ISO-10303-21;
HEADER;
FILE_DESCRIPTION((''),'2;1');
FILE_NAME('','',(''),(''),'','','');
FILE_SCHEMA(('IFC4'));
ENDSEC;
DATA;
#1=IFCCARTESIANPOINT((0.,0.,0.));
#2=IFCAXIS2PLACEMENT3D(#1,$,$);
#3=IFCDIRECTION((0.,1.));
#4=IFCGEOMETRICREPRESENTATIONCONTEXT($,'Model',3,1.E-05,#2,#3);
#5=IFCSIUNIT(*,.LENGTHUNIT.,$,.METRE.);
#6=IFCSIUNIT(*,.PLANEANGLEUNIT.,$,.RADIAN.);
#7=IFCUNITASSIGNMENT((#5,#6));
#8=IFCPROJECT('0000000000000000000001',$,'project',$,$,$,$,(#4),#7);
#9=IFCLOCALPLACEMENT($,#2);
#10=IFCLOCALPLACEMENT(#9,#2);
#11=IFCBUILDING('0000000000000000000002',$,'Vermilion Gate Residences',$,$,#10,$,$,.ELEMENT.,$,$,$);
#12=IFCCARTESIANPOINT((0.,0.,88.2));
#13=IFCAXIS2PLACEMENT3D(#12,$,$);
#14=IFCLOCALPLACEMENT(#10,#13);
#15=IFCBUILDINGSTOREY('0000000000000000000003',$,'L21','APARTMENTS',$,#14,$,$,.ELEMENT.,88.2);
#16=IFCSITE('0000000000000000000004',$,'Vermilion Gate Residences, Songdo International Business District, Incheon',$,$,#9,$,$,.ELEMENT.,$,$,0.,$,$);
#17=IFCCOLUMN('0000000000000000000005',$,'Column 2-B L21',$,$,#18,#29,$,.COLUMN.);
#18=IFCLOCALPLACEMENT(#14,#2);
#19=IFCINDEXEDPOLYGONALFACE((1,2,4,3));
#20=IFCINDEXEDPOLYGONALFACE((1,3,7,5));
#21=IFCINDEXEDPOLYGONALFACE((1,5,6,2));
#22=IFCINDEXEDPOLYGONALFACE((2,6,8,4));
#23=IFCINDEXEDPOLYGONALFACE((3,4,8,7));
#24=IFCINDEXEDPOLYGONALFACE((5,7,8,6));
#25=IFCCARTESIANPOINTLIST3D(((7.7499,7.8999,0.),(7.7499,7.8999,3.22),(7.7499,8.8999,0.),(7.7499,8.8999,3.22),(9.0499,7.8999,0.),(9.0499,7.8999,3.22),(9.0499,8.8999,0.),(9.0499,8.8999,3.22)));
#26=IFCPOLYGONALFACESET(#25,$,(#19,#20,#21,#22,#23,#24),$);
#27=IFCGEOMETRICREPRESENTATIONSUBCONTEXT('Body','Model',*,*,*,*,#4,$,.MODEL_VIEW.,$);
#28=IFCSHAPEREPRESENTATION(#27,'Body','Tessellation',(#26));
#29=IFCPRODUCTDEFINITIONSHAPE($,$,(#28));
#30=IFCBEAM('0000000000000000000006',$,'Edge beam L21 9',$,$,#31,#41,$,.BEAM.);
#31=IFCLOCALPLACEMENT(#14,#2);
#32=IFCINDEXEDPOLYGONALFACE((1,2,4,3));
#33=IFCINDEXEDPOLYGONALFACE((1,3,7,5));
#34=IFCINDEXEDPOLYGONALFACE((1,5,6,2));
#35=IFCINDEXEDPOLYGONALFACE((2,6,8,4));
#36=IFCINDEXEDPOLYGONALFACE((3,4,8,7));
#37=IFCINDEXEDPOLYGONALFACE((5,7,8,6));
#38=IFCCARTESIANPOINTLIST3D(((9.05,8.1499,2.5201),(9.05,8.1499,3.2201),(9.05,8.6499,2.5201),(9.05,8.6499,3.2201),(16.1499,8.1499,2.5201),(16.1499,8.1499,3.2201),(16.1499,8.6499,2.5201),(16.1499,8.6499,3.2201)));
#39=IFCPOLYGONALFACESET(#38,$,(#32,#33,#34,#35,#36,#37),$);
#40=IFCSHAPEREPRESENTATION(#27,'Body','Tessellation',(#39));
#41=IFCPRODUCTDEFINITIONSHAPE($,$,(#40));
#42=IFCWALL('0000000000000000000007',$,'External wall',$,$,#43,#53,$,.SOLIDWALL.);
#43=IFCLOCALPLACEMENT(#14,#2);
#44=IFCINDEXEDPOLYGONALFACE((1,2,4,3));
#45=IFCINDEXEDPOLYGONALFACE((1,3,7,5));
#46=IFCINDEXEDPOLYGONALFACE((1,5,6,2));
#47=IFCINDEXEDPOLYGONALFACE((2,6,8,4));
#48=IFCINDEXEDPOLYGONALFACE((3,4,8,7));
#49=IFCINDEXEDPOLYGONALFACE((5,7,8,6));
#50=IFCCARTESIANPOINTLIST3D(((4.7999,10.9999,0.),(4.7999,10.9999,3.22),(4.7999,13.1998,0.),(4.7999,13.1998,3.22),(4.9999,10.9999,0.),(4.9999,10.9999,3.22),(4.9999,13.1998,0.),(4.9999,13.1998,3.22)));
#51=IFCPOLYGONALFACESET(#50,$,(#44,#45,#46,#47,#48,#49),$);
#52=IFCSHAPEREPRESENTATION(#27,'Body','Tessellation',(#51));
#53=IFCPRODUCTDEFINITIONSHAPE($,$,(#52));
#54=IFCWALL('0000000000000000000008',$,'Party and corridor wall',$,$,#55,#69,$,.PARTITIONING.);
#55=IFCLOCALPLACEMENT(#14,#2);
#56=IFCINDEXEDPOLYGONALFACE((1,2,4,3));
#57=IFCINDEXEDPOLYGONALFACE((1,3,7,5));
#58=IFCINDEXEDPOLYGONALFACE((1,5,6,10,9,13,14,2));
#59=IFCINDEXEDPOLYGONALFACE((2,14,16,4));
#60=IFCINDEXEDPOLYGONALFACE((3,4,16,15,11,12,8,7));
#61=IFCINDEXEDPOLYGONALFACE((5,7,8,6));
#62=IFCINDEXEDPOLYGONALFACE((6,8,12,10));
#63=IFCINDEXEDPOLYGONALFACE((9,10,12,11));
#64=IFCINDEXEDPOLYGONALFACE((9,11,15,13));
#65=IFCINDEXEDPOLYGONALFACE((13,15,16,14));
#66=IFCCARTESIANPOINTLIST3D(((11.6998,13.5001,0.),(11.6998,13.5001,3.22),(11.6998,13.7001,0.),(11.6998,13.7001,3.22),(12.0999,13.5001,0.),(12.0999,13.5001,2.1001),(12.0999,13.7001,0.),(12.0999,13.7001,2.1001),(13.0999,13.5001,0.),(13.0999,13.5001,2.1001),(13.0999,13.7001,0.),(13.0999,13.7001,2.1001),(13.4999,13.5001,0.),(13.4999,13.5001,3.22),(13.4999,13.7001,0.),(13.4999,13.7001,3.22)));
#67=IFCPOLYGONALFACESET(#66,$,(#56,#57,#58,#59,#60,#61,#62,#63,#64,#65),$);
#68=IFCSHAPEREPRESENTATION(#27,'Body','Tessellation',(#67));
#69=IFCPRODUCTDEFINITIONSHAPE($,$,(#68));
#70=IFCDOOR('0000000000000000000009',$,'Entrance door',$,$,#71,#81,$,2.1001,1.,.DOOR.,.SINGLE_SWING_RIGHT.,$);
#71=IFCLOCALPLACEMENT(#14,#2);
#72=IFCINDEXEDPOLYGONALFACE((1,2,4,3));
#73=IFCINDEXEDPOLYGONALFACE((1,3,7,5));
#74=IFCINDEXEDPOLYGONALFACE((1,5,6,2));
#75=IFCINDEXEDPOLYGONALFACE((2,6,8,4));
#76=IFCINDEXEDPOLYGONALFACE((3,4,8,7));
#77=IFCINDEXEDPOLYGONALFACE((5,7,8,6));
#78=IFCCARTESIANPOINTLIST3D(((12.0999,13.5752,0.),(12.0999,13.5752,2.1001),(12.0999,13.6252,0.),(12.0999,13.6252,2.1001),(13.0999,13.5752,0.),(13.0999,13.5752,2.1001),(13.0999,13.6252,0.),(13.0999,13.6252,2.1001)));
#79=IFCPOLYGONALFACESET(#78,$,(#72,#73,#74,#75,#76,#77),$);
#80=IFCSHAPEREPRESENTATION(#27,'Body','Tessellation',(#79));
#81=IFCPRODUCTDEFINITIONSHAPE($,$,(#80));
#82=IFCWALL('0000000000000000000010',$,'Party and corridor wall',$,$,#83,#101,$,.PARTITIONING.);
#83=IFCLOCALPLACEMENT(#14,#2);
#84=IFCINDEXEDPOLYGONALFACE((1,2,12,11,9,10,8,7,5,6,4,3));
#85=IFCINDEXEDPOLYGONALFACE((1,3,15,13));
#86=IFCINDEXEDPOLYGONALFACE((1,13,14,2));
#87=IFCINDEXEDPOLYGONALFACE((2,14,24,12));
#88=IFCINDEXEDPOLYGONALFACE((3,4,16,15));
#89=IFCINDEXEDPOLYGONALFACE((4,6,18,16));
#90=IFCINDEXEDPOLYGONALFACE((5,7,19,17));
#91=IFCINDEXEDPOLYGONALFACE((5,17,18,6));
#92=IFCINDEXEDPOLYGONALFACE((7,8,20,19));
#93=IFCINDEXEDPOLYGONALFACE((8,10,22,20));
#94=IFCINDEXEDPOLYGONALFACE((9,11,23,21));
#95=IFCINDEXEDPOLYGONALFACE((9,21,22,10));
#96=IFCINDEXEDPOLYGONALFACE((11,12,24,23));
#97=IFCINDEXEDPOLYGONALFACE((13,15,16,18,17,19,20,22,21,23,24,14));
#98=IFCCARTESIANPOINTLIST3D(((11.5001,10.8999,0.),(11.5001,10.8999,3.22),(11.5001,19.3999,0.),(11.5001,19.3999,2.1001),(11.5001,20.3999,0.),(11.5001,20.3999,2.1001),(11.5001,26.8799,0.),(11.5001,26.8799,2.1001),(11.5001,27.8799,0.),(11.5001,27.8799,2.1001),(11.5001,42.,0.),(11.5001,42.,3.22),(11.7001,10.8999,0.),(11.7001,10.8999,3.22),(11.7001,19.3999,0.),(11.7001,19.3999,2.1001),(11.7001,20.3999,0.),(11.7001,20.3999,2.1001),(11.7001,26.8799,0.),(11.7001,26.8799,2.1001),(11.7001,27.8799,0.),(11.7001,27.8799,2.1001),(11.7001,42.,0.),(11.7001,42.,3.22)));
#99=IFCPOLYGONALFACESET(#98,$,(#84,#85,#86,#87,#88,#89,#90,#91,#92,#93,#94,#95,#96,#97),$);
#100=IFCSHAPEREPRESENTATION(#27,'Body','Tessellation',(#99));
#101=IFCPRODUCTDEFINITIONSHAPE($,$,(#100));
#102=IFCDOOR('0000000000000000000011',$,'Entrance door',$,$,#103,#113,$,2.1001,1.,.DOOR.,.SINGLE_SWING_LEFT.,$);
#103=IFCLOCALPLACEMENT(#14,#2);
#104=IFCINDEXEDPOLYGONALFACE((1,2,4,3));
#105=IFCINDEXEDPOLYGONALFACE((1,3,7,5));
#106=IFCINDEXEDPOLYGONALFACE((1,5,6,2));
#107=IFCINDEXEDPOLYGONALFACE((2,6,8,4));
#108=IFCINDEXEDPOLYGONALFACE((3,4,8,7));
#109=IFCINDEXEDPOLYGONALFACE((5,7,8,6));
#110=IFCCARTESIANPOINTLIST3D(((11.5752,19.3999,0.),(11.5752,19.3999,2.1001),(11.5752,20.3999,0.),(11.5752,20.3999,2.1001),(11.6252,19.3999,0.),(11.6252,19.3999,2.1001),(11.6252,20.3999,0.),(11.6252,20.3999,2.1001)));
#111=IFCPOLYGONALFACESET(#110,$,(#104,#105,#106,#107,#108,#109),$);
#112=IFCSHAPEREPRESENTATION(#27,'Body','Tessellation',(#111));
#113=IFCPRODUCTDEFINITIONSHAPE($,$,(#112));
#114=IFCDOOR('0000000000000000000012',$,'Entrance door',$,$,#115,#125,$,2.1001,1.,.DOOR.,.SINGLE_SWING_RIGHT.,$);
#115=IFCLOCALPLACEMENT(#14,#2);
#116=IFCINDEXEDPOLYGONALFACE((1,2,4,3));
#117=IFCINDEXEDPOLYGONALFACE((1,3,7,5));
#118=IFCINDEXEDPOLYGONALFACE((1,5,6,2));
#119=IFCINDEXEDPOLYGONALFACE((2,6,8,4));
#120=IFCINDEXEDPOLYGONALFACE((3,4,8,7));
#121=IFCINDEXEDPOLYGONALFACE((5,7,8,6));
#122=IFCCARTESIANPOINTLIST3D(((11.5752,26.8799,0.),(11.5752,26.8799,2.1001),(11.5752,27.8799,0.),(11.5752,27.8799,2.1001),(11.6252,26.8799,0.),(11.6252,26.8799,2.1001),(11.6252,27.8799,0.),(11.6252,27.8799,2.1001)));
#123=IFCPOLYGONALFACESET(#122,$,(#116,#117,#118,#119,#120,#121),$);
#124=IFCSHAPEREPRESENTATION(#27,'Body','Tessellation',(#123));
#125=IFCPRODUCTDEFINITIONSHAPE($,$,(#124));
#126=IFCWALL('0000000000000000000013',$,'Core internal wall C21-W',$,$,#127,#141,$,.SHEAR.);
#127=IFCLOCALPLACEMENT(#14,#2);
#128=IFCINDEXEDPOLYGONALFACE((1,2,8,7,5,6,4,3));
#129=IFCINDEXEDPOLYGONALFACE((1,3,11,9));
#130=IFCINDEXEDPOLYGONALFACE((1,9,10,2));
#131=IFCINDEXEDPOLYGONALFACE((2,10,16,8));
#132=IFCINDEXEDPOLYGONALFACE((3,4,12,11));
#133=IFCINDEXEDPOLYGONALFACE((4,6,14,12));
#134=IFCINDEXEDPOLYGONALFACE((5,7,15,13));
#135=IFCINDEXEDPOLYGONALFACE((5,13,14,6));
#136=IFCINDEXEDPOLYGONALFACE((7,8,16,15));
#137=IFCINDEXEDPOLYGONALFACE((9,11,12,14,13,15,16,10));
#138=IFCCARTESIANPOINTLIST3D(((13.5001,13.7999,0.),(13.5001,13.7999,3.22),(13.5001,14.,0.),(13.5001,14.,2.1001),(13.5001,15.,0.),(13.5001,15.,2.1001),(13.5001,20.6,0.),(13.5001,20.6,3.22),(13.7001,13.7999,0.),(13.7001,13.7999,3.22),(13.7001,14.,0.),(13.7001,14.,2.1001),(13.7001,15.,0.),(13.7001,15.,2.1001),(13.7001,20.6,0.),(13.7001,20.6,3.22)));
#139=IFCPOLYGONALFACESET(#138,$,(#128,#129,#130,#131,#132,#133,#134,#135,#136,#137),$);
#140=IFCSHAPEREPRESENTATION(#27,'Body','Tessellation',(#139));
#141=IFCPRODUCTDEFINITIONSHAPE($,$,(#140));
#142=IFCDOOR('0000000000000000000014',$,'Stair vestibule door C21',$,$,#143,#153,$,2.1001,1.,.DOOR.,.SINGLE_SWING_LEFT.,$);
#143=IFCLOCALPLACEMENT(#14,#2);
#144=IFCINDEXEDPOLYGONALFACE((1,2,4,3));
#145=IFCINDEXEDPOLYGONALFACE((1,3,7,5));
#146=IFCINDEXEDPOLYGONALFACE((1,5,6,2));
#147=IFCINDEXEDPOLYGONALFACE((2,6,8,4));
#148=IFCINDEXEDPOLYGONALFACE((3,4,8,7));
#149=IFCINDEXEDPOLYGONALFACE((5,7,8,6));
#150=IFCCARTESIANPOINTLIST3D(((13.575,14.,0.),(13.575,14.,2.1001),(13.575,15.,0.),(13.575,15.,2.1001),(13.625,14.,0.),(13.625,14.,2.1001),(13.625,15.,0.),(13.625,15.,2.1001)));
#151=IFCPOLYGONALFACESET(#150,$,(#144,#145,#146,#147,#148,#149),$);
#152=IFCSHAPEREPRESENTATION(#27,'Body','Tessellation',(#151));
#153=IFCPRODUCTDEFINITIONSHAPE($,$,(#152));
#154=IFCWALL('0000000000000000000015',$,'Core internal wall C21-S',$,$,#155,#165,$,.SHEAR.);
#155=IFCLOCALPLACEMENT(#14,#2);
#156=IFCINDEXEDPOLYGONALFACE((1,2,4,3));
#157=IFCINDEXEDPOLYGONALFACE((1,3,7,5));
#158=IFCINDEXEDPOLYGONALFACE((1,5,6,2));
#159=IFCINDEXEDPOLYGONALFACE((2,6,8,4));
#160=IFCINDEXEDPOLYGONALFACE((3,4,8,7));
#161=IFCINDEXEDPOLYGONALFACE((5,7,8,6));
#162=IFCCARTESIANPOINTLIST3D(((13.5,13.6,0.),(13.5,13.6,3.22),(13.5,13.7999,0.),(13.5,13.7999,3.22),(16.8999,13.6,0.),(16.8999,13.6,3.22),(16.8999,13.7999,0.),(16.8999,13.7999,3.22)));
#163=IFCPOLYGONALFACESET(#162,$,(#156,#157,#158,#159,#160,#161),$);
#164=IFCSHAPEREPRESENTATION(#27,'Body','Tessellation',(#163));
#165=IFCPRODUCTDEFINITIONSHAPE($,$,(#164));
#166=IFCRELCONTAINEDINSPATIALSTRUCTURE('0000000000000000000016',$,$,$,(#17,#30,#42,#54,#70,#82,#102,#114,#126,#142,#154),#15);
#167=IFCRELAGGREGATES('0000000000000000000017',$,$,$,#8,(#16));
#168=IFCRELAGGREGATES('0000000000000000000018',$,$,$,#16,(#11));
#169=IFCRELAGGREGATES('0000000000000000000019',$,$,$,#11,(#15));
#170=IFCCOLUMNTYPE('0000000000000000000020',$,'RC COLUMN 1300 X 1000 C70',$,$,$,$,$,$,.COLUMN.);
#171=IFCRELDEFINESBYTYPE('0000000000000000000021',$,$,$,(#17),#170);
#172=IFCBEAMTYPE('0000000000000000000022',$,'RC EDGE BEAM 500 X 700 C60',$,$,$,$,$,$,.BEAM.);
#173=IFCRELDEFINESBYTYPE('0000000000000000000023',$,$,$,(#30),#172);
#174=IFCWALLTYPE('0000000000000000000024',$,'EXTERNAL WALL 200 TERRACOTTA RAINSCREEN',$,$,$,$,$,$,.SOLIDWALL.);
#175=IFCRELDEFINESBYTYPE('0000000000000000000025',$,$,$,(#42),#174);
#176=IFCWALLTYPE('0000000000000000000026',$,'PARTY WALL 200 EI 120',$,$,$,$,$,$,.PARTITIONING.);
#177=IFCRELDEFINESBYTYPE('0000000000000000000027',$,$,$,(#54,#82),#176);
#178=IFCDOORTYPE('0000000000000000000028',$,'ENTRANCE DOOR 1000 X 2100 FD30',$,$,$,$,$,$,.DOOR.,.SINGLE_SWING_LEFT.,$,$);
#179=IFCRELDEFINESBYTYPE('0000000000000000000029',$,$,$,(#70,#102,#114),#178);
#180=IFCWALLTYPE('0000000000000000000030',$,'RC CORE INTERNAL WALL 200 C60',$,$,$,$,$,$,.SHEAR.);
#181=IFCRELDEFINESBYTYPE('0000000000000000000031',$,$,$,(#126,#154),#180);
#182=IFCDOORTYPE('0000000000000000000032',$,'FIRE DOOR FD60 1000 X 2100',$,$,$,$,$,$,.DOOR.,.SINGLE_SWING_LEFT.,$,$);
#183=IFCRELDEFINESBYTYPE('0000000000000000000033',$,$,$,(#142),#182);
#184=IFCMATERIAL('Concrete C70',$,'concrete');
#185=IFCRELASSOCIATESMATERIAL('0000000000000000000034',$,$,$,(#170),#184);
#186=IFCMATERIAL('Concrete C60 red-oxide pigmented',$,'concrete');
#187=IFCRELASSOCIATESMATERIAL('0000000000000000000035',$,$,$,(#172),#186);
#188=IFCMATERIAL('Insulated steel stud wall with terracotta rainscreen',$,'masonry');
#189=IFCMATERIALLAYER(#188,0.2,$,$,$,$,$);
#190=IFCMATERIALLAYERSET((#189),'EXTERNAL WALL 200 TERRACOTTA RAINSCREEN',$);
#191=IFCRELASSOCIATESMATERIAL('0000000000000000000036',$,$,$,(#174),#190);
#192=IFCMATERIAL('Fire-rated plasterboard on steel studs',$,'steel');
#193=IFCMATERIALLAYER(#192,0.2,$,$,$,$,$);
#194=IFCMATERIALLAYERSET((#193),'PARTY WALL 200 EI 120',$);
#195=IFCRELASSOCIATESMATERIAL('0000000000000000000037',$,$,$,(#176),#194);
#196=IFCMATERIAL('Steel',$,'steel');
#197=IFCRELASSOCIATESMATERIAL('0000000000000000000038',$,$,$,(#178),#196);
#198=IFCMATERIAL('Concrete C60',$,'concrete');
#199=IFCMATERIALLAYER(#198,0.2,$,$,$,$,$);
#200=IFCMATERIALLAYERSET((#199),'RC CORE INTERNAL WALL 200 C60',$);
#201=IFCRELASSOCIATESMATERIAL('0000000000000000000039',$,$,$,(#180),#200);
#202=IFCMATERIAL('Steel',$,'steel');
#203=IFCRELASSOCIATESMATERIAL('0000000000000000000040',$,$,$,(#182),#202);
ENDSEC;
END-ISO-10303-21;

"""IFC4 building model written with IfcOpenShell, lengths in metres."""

from ifc_helpers import new_model, si_unit, direction, frame, frame_2d, origin, origin_2d, place, context, subcontext, project, spatial, rectangle, extrude, material, layer, layer_set, material_profile, profile_set, type_object, element, fill, save


model = new_model("IFC4")

# Units and contexts
model_context = context("Model", 3, precision=1e-05, world=origin(), true_north=direction((0.0, 1.0)))
body_context = subcontext(model_context, "Body", "Model", "MODEL_VIEW")
ifc_project = project(units=[si_unit("LENGTHUNIT", "METRE"), si_unit("PLANEANGLEUNIT", "RADIAN")], contexts=[model_context])

# Site, building, storey
site_placement = place(None, origin())
site = spatial("IfcSite", under=ifc_project, at=site_placement, Name="Vermilion Gate Residences, Songdo International Business District, Incheon", CompositionType="ELEMENT", RefElevation=0.0)
building_placement = place(site_placement, origin())
building = spatial("IfcBuilding", under=site, at=building_placement, Name="Vermilion Gate Residences", CompositionType="ELEMENT")
storey_placement = place(building_placement, frame((0.0, 0.0, 88.2)))
storey = spatial("IfcBuildingStorey", under=building, at=storey_placement, Name="L21", Description="APARTMENTS", CompositionType="ELEMENT", Elevation=88.2)

# Column
ifc_material_1 = material(Name="Concrete C70", Category="concrete")
ifc_material_profile_1 = material_profile(ifc_material_1, rectangle(XDim=1.3, YDim=1.0, at=origin_2d()), Name="RC-1300x1000")
ifc_profile_set_1 = profile_set([ifc_material_profile_1], Name="Concrete C70")
column_type = type_object("IfcColumnType", Name="RC COLUMN 1300 X 1000 C70", PredefinedType="COLUMN", material=ifc_profile_set_1)
column_placement = place(storey_placement, frame((8.3999, 8.3999, 0.0), z_axis=(0.0, 0.0, 1.0), x_axis=(1.0, 0.0, 0.0)))
element("IfcColumn", 1, at=column_placement, inside=storey, type_object=column_type, Name="Column 2-B L21", PredefinedType="COLUMN", context=body_context, shape_type="SweptSolid", body=[
    extrude(rectangle(XDim=1.3, YDim=1.0, at=origin_2d()), origin(), (0.0, 0.0, 1.0), 3.22),
])

# Beam
ifc_material_2 = material(Name="Concrete C60 red-oxide pigmented", Category="concrete")
ifc_material_profile_2 = material_profile(ifc_material_2, rectangle(XDim=0.5, YDim=0.7, at=origin_2d()), Name="RC-500x700")
ifc_profile_set_2 = profile_set([ifc_material_profile_2], Name="Concrete C60 red-oxide pigmented")
beam_type = type_object("IfcBeamType", Name="RC EDGE BEAM 500 X 700 C60", PredefinedType="BEAM", material=ifc_profile_set_2)
beam_placement = place(storey_placement, frame((9.05, 8.3999, 2.8701), z_axis=(1.0, 0.0, 0.0), x_axis=(0.0, 1.0, 0.0)))
element("IfcBeam", 2, at=beam_placement, inside=storey, type_object=beam_type, Name="Edge beam L21 9", PredefinedType="BEAM", context=body_context, shape_type="SweptSolid", body=[
    extrude(rectangle(XDim=0.5, YDim=0.7, at=origin_2d()), origin(), (0.0, 0.0, 1.0), 7.0999),
])

# Wall
ifc_material_3 = material(Name="Insulated steel stud wall with terracotta rainscreen", Category="masonry")
ifc_layer_1 = layer(ifc_material_3, 0.2)
ifc_layer_set_1 = layer_set([ifc_layer_1], Name="EXTERNAL WALL 200 TERRACOTTA RAINSCREEN")
wall_type_1 = type_object("IfcWallType", Name="EXTERNAL WALL 200 TERRACOTTA RAINSCREEN", PredefinedType="SOLIDWALL", material=ifc_layer_set_1)
wall_1_placement = place(storey_placement, frame((4.8999, 13.2, 0.0), z_axis=(0.0, 0.0, 1.0), x_axis=(0.0, -1.0, 0.0)))
element("IfcWall", 3, at=wall_1_placement, inside=storey, type_object=wall_type_1, Name="External wall", PredefinedType="SOLIDWALL", context=body_context, shape_type="SweptSolid", body=[
    extrude(rectangle(XDim=2.2, YDim=0.2, at=frame_2d((1.1001, 0.0))), origin(), (0.0, 0.0, 1.0), 3.22),
])

# Wall, opening, door
ifc_material_4 = material(Name="Fire-rated plasterboard on steel studs", Category="steel")
ifc_layer_2 = layer(ifc_material_4, 0.2)
ifc_layer_set_2 = layer_set([ifc_layer_2], Name="PARTY WALL 200 EI 120")
wall_type_2 = type_object("IfcWallType", Name="PARTY WALL 200 EI 120", PredefinedType="PARTITIONING", material=ifc_layer_set_2)
wall_2_placement = place(storey_placement, frame((11.7, 13.6001, 0.0), z_axis=(0.0, 0.0, 1.0), x_axis=(1.0, 0.0, 0.0)))
wall_2 = element("IfcWall", 4, at=wall_2_placement, inside=storey, type_object=wall_type_2, Name="Party and corridor wall", PredefinedType="PARTITIONING", context=body_context, shape_type="SweptSolid", body=[
    extrude(rectangle(XDim=1.8, YDim=0.2, at=frame_2d((0.8999, 0.0))), origin(), (0.0, 0.0, 1.0), 3.22),
])
opening_1_placement = place(wall_2_placement, frame((0.3999, 0.0, 0.0)))
opening_1 = element("IfcOpeningElement", 5, at=opening_1_placement, cuts=wall_2, PredefinedType="OPENING", context=body_context, shape_type="SweptSolid", body=[
    extrude(rectangle(XDim=1.0, YDim=2.1001, at=frame_2d((0.5, 1.05))), frame((0.0, 0.1099, 0.0), z_axis=(0.0, -1.0, 0.0), x_axis=(1.0, 0.0, 0.0)), (0.0, 0.0, 1.0), 0.22),
])
ifc_material_5 = material(Name="Steel", Category="steel")
door_type_1 = type_object("IfcDoorType", Name="ENTRANCE DOOR 1000 X 2100 FD30", OperationType="SINGLE_SWING_LEFT", PredefinedType="DOOR", material=ifc_material_5)
door_1_placement = place(opening_1_placement, frame((1.0, 0.0, 0.0), z_axis=(0.0, 0.0, 1.0), x_axis=(-1.0, 0.0, 0.0)))
door_1 = element("IfcDoor", 6, at=door_1_placement, inside=storey, type_object=door_type_1, Name="Entrance door", OperationType="SINGLE_SWING_RIGHT", OverallHeight=2.1001, OverallWidth=1.0, PredefinedType="DOOR", context=body_context, shape_type="SweptSolid", body=[
    extrude(rectangle(XDim=1.0, YDim=2.1001, at=frame_2d((0.5, 1.05))), frame((0.0, 0.0249, 0.0), z_axis=(0.0, -1.0, 0.0), x_axis=(1.0, 0.0, 0.0)), (0.0, 0.0, 1.0), 0.05),
])
fill(opening_1, door_1)

# Wall, openings, doors
wall_3_placement = place(storey_placement, frame((11.6001, 10.8999, 0.0), z_axis=(0.0, 0.0, 1.0), x_axis=(0.0, 1.0, 0.0)))
wall_3 = element("IfcWall", 7, at=wall_3_placement, inside=storey, type_object=wall_type_2, Name="Party and corridor wall", PredefinedType="PARTITIONING", context=body_context, shape_type="SweptSolid", body=[
    extrude(rectangle(XDim=31.1001, YDim=0.2, at=frame_2d((15.55, 0.0))), origin(), (0.0, 0.0, 1.0), 3.22),
])
opening_2_placement = place(wall_3_placement, frame((8.5, 0.0, 0.0)))
opening_2 = element("IfcOpeningElement", 8, at=opening_2_placement, cuts=wall_3, PredefinedType="OPENING", context=body_context, shape_type="SweptSolid", body=[
    extrude(rectangle(XDim=1.0, YDim=2.1001, at=frame_2d((0.5, 1.05))), frame((0.0, 0.1099, 0.0), z_axis=(0.0, -1.0, 0.0), x_axis=(1.0, 0.0, 0.0)), (0.0, 0.0, 1.0), 0.22),
])
opening_3_placement = place(wall_3_placement, frame((15.98, 0.0, 0.0)))
opening_3 = element("IfcOpeningElement", 9, at=opening_3_placement, cuts=wall_3, PredefinedType="OPENING", context=body_context, shape_type="SweptSolid", body=[
    extrude(rectangle(XDim=1.0, YDim=2.1001, at=frame_2d((0.5, 1.05))), frame((0.0, 0.1099, 0.0), z_axis=(0.0, -1.0, 0.0), x_axis=(1.0, 0.0, 0.0)), (0.0, 0.0, 1.0), 0.22),
])
door_2_placement = place(opening_2_placement, origin())
door_2 = element("IfcDoor", 10, at=door_2_placement, inside=storey, type_object=door_type_1, Name="Entrance door", OperationType="SINGLE_SWING_LEFT", OverallHeight=2.1001, OverallWidth=1.0, PredefinedType="DOOR", context=body_context, shape_type="SweptSolid", body=[
    extrude(rectangle(XDim=1.0, YDim=2.1001, at=frame_2d((0.5, 1.05))), frame((0.0, 0.0249, 0.0), z_axis=(0.0, -1.0, 0.0), x_axis=(1.0, 0.0, 0.0)), (0.0, 0.0, 1.0), 0.05),
])
fill(opening_2, door_2)
door_3_placement = place(opening_3_placement, origin())
door_3 = element("IfcDoor", 11, at=door_3_placement, inside=storey, type_object=door_type_1, Name="Entrance door", OperationType="SINGLE_SWING_RIGHT", OverallHeight=2.1001, OverallWidth=1.0, PredefinedType="DOOR", context=body_context, shape_type="SweptSolid", body=[
    extrude(rectangle(XDim=1.0, YDim=2.1001, at=frame_2d((0.5, 1.05))), frame((0.0, 0.0249, 0.0), z_axis=(0.0, -1.0, 0.0), x_axis=(1.0, 0.0, 0.0)), (0.0, 0.0, 1.0), 0.05),
])
fill(opening_3, door_3)

# Wall, opening, door
ifc_material_6 = material(Name="Concrete C60", Category="concrete")
ifc_layer_3 = layer(ifc_material_6, 0.2)
ifc_layer_set_3 = layer_set([ifc_layer_3], Name="RC CORE INTERNAL WALL 200 C60")
wall_type_3 = type_object("IfcWallType", Name="RC CORE INTERNAL WALL 200 C60", PredefinedType="SHEAR", material=ifc_layer_set_3)
wall_4_placement = place(storey_placement, frame((13.6001, 13.8, 0.0), z_axis=(0.0, 0.0, 1.0), x_axis=(0.0, 1.0, 0.0)))
wall_4 = element("IfcWall", 12, at=wall_4_placement, inside=storey, type_object=wall_type_3, Name="Core internal wall C21-W", PredefinedType="SHEAR", context=body_context, shape_type="SweptSolid", body=[
    extrude(rectangle(XDim=6.8, YDim=0.2, at=frame_2d((3.3999, 0.0))), origin(), (0.0, 0.0, 1.0), 3.22),
])
opening_4_placement = place(wall_4_placement, frame((0.2, 0.0, 0.0)))
opening_4 = element("IfcOpeningElement", 13, at=opening_4_placement, cuts=wall_4, PredefinedType="OPENING", context=body_context, shape_type="SweptSolid", body=[
    extrude(rectangle(XDim=1.0, YDim=2.1001, at=frame_2d((0.5, 1.05))), frame((0.0, 0.1099, 0.0), z_axis=(0.0, -1.0, 0.0), x_axis=(1.0, 0.0, 0.0)), (0.0, 0.0, 1.0), 0.22),
])
ifc_material_7 = material(Name="Steel", Category="steel")
door_type_2 = type_object("IfcDoorType", Name="FIRE DOOR FD60 1000 X 2100", OperationType="SINGLE_SWING_LEFT", PredefinedType="DOOR", material=ifc_material_7)
door_4_placement = place(opening_4_placement, frame((1.0, 0.0, 0.0), z_axis=(0.0, 0.0, 1.0), x_axis=(-1.0, 0.0, 0.0)))
door_4 = element("IfcDoor", 14, at=door_4_placement, inside=storey, type_object=door_type_2, Name="Stair vestibule door C21", OperationType="SINGLE_SWING_LEFT", OverallHeight=2.1001, OverallWidth=1.0, PredefinedType="DOOR", context=body_context, shape_type="SweptSolid", body=[
    extrude(rectangle(XDim=1.0, YDim=2.1001, at=frame_2d((0.5, 1.05))), frame((0.0, 0.0249, 0.0), z_axis=(0.0, -1.0, 0.0), x_axis=(1.0, 0.0, 0.0)), (0.0, 0.0, 1.0), 0.05),
])
fill(opening_4, door_4)

# Wall
wall_5_placement = place(storey_placement, frame((13.5, 13.7, 0.0), z_axis=(0.0, 0.0, 1.0), x_axis=(1.0, 0.0, 0.0)))
element("IfcWall", 15, at=wall_5_placement, inside=storey, type_object=wall_type_3, Name="Core internal wall C21-S", PredefinedType="SHEAR", context=body_context, shape_type="SweptSolid", body=[
    extrude(rectangle(XDim=3.3999, YDim=0.2, at=frame_2d((1.7, 0.0))), origin(), (0.0, 0.0, 1.0), 3.22),
])

save(model, "model.ifc")
